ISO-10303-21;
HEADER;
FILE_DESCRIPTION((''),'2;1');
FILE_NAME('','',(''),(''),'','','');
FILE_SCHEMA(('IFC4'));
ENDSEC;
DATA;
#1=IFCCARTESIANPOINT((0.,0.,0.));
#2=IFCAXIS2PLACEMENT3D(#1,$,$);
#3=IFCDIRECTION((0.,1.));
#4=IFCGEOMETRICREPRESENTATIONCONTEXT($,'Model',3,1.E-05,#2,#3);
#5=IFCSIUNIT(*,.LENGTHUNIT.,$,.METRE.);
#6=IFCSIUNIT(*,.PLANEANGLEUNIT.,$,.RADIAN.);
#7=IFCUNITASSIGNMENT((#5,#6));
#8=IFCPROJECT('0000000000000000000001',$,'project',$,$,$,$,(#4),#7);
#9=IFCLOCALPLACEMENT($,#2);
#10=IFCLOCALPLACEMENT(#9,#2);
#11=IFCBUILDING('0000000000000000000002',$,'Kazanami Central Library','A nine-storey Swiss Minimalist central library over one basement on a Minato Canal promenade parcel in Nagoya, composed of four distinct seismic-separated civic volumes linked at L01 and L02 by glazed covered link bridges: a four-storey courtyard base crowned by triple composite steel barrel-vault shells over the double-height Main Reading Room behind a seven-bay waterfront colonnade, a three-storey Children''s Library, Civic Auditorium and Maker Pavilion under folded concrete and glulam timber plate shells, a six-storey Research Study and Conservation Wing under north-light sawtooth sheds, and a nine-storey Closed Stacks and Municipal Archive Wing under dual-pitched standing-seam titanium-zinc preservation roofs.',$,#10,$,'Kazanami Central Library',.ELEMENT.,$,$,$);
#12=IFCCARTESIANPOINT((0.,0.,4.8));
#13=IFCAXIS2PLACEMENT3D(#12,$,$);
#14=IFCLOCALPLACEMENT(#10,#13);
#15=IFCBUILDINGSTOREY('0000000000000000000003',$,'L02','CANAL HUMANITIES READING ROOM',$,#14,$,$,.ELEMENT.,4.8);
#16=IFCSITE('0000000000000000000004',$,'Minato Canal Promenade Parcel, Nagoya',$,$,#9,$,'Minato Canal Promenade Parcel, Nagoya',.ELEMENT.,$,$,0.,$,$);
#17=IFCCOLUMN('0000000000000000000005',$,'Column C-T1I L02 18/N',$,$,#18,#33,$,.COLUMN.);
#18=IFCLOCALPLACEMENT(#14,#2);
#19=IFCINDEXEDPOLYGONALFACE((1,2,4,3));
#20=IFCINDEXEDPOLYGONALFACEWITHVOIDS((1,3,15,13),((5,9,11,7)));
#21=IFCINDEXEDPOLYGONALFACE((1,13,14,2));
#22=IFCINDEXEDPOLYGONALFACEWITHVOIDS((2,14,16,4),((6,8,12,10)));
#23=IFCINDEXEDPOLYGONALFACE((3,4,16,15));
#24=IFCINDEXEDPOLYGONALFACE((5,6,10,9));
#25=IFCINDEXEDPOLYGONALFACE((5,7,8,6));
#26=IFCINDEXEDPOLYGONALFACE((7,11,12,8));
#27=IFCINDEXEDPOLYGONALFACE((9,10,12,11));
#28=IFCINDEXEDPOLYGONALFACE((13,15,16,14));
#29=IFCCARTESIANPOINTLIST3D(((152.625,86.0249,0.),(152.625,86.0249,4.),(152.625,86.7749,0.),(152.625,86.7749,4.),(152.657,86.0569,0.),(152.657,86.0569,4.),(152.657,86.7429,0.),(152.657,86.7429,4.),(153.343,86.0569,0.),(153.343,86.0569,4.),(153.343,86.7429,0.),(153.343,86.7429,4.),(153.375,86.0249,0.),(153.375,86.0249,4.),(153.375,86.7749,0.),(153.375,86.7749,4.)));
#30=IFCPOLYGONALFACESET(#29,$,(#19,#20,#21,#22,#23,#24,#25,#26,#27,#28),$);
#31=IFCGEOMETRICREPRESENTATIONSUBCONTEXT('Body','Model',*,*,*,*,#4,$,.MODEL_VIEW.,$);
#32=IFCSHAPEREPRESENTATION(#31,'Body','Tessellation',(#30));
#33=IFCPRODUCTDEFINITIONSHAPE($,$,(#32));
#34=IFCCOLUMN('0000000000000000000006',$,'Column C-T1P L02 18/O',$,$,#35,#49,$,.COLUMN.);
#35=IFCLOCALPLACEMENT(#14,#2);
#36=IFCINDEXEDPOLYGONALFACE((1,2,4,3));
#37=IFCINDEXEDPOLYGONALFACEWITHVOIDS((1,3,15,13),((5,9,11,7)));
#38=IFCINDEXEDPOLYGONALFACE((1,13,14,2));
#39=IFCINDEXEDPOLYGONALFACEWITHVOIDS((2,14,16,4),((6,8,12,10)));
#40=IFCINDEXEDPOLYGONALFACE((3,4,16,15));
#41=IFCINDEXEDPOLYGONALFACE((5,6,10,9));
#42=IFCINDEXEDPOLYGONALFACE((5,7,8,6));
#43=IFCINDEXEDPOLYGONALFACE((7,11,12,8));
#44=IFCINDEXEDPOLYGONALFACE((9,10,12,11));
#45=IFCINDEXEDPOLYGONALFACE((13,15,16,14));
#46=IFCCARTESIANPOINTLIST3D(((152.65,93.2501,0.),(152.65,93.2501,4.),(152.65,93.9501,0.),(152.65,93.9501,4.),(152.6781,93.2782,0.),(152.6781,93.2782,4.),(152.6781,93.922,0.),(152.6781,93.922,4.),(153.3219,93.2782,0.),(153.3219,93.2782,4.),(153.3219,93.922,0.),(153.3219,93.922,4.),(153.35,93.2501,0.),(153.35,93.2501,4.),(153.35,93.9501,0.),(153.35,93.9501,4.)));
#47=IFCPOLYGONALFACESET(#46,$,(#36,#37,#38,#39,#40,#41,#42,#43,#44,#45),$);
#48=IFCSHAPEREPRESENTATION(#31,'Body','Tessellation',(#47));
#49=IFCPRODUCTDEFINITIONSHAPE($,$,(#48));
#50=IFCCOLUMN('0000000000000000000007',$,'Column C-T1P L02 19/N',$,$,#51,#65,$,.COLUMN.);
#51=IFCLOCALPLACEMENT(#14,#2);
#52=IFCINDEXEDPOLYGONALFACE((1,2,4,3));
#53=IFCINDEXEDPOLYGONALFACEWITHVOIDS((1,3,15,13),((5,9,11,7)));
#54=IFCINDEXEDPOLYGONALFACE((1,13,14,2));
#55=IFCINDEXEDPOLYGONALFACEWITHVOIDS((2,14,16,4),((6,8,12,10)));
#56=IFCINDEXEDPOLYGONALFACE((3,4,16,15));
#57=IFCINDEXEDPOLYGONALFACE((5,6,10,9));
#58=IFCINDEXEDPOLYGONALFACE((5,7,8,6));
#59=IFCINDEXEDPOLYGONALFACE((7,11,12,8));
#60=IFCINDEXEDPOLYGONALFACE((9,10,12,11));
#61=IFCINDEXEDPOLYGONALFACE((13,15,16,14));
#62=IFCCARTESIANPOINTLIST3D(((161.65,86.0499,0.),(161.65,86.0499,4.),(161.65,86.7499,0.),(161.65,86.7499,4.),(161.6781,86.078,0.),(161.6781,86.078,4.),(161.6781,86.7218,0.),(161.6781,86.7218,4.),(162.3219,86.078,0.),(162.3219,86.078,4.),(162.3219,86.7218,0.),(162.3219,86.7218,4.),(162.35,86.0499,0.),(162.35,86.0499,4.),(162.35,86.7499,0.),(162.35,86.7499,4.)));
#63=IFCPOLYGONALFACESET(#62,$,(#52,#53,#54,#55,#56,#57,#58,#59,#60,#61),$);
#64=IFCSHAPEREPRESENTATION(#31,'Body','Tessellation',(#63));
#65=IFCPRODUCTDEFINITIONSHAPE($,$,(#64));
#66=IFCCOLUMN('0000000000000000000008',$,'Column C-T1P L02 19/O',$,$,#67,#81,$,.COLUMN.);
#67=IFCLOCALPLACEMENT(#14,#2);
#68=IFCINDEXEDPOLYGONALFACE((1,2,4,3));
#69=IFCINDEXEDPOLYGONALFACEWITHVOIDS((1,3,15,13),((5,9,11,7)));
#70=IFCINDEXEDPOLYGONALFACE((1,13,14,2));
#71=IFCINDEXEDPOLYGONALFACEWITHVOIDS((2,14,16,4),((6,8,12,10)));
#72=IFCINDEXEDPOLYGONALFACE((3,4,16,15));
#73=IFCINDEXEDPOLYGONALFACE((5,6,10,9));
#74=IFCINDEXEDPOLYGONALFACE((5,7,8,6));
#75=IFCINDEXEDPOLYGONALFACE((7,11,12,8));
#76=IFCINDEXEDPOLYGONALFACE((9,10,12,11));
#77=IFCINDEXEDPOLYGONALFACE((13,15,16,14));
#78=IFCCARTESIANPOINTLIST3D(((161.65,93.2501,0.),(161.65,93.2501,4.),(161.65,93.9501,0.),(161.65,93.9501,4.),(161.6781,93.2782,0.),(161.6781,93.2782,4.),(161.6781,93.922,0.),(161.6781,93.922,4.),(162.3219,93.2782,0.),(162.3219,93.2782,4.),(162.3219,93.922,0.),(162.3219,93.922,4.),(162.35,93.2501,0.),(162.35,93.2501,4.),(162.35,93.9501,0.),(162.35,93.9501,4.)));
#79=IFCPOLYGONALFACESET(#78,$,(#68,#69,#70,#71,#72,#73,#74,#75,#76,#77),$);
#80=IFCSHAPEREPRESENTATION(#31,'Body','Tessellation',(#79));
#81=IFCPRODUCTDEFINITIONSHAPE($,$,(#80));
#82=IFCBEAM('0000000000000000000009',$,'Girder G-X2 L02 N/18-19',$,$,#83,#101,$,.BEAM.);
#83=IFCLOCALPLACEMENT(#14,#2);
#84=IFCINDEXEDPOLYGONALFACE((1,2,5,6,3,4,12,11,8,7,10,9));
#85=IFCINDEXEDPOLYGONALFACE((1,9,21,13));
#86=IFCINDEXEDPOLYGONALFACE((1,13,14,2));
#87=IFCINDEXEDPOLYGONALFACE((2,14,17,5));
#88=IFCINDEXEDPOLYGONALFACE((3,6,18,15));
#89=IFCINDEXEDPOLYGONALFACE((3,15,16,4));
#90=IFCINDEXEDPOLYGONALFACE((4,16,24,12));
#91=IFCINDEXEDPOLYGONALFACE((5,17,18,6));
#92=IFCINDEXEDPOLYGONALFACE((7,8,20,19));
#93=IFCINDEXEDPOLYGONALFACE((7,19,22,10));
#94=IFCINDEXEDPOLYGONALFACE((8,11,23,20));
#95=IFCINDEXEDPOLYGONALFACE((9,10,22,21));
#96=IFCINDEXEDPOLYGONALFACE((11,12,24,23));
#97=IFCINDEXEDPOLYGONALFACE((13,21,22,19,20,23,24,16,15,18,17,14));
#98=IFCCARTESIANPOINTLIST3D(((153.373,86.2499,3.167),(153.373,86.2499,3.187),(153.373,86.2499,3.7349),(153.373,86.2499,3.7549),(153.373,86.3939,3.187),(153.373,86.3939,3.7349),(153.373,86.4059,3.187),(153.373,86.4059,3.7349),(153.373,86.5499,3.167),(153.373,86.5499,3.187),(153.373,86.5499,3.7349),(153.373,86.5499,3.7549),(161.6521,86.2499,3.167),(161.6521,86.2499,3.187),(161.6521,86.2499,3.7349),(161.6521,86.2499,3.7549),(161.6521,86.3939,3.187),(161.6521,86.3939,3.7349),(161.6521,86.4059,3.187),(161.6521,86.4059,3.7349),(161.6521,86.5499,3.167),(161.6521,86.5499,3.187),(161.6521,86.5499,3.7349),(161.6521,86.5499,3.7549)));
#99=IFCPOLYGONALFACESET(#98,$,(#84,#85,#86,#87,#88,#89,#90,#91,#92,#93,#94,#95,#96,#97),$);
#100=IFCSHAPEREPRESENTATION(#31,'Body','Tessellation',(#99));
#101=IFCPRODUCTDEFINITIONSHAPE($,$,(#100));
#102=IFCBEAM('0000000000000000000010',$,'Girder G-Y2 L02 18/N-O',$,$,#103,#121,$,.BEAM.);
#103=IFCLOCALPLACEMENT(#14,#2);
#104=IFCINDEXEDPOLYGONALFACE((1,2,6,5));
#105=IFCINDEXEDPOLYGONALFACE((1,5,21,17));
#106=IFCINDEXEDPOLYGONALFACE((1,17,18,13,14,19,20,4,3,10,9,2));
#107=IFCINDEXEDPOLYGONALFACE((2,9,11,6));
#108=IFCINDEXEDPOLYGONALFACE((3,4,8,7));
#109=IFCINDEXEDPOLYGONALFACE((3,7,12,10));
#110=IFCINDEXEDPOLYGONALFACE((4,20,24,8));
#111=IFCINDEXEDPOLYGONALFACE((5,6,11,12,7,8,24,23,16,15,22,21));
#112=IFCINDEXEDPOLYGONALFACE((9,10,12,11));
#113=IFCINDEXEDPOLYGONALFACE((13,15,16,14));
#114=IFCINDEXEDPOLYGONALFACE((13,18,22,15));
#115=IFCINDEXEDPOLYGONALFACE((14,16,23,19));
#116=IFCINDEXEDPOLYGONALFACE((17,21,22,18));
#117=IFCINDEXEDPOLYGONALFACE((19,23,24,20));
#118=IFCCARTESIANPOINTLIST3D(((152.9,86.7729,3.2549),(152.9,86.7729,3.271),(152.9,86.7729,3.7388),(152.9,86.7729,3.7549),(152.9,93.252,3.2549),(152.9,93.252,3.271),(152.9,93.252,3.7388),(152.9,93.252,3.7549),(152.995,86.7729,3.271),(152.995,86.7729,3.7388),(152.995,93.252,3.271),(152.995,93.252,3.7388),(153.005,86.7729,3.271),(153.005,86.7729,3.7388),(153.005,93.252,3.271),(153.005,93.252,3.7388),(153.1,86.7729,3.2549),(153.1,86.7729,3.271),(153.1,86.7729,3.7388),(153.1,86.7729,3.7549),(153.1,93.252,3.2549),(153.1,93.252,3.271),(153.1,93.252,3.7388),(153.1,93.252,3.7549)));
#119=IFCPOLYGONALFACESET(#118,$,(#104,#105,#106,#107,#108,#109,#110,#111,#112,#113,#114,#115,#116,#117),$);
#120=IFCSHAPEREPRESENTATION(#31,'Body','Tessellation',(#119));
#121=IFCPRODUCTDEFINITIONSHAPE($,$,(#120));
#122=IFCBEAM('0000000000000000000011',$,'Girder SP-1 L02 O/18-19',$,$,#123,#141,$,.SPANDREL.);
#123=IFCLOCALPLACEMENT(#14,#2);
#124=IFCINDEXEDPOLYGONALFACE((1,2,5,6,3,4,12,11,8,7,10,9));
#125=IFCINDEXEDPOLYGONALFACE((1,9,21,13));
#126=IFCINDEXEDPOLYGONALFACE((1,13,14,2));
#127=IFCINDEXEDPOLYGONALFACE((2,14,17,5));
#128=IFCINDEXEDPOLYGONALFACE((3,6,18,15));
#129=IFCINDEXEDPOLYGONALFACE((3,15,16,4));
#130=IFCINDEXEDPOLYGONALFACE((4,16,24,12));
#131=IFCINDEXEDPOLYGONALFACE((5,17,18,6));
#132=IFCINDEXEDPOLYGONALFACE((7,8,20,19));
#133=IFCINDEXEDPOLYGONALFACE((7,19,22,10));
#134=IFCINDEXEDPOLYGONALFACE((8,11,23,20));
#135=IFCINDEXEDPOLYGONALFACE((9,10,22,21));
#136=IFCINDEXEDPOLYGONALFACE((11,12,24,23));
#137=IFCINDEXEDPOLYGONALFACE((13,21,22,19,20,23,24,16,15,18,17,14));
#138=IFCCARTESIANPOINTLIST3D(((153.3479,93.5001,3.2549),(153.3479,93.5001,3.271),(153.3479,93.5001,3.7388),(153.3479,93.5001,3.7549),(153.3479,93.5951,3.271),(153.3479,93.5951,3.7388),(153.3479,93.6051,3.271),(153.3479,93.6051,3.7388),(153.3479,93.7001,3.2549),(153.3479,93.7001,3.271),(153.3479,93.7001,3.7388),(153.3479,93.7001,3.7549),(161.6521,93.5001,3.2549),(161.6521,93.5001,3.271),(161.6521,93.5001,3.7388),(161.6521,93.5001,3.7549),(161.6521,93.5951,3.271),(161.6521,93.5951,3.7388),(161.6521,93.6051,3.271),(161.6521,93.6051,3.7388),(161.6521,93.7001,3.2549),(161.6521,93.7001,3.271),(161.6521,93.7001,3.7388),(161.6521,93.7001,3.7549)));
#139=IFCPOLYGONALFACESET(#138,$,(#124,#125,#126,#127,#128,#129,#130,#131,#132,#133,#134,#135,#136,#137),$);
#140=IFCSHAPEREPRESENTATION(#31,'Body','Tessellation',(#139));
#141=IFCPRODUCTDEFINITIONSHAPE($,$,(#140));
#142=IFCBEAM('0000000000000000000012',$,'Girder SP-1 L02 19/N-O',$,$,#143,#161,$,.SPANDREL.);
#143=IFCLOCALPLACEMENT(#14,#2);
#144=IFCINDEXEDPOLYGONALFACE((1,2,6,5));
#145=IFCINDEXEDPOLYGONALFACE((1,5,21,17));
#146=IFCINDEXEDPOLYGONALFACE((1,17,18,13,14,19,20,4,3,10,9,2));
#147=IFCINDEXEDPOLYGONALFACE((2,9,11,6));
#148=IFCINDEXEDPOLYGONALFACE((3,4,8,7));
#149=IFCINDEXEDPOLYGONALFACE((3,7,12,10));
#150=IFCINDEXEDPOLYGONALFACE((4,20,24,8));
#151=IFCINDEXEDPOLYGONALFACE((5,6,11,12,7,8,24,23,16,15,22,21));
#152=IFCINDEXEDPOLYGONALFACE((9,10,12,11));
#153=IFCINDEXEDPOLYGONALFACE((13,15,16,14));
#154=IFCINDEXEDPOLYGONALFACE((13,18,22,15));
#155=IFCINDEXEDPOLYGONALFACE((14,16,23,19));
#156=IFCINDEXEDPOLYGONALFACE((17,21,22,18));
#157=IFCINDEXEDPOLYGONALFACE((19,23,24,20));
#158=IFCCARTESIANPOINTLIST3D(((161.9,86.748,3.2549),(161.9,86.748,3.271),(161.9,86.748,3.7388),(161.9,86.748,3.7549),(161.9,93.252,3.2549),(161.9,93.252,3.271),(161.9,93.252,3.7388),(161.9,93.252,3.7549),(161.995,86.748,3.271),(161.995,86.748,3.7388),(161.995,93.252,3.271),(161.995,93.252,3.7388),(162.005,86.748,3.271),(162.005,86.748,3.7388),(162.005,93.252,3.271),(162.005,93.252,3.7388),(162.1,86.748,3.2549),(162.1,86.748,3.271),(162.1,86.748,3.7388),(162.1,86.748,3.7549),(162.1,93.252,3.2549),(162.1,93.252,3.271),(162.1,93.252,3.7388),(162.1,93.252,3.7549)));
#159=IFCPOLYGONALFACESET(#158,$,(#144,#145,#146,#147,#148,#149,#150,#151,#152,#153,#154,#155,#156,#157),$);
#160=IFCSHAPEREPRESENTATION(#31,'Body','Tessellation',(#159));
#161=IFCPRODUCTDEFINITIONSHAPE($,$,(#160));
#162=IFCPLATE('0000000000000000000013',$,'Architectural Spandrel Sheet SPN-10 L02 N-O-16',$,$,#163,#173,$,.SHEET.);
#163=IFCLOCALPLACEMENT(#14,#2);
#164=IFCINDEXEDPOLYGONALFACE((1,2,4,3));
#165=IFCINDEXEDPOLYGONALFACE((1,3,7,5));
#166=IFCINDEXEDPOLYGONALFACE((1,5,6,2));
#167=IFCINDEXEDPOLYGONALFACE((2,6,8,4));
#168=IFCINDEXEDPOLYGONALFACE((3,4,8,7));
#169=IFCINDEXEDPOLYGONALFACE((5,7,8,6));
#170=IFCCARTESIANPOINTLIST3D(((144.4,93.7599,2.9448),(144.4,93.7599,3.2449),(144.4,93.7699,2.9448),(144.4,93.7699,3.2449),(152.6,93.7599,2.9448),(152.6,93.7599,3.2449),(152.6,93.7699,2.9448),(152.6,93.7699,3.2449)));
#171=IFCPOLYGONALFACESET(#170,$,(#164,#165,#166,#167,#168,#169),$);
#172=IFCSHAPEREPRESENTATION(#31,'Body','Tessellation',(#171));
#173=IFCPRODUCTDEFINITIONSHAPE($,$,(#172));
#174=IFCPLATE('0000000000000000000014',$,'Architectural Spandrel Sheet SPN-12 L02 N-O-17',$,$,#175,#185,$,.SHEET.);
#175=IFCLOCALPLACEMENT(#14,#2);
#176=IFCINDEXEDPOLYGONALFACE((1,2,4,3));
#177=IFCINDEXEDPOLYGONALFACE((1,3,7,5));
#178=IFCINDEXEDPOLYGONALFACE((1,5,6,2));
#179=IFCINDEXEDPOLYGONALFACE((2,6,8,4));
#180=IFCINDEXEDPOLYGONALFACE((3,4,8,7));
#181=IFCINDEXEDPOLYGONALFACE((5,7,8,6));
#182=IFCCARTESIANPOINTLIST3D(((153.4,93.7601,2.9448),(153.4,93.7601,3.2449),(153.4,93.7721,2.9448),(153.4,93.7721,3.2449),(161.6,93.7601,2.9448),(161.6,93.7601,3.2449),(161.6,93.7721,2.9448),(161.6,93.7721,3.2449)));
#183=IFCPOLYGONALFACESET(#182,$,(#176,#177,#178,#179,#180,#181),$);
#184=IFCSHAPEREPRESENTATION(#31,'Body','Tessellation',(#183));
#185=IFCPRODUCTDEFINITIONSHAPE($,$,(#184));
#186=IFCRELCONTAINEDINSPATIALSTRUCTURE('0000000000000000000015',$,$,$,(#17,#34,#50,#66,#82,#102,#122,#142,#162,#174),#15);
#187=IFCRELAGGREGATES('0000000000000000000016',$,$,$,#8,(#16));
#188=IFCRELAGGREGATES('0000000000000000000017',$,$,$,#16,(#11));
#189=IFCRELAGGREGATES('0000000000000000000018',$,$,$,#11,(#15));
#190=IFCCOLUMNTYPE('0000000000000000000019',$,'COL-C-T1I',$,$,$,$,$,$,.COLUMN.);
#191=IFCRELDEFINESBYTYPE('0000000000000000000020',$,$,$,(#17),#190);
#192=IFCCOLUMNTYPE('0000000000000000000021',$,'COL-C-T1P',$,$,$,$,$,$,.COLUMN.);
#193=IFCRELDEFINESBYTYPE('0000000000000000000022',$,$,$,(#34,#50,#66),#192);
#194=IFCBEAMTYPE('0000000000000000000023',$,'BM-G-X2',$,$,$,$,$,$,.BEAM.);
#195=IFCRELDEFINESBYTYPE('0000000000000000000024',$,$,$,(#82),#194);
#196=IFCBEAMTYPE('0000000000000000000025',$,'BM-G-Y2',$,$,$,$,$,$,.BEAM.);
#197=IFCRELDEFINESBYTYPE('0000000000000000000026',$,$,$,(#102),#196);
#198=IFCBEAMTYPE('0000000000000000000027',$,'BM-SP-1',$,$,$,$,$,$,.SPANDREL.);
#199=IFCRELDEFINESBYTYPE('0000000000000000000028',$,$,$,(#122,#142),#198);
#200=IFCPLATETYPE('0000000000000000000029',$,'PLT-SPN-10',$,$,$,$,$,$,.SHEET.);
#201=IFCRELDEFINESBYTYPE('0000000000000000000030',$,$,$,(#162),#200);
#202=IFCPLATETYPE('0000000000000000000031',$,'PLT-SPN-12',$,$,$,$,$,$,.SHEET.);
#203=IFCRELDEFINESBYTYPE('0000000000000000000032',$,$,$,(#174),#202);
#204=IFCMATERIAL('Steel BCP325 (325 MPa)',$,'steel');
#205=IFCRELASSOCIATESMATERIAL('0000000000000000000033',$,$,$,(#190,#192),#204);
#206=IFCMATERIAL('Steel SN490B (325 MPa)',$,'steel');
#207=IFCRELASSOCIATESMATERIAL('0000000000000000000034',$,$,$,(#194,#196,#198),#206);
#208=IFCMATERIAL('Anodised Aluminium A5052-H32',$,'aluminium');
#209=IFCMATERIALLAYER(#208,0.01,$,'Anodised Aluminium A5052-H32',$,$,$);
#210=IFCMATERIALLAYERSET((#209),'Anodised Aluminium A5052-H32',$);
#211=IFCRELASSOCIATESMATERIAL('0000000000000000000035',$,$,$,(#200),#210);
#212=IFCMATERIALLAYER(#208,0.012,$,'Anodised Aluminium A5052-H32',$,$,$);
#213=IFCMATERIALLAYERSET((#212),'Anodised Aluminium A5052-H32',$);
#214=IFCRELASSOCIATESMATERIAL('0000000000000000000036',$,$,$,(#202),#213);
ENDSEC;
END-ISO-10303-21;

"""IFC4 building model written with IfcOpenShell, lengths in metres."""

from ifc_helpers import new_model, si_unit, direction, frame, origin, origin_2d, place, context, subcontext, project, spatial, rectangle, hollow_rectangle, i_section, extrude, material, layer, layer_set, material_profile, profile_set, type_object, element, save


model = new_model("IFC4")

# Units and contexts
model_context = context("Model", 3, precision=1e-05, world=origin(), true_north=direction((0.0, 1.0)))
body_context = subcontext(model_context, "Body", "Model", "MODEL_VIEW")
ifc_project = project(units=[si_unit("LENGTHUNIT", "METRE"), si_unit("PLANEANGLEUNIT", "RADIAN")], contexts=[model_context])

# Site, building, storey
site_placement = place(None, origin())
site = spatial("IfcSite", under=ifc_project, at=site_placement, Name="Minato Canal Promenade Parcel, Nagoya", LongName="Minato Canal Promenade Parcel, Nagoya", CompositionType="ELEMENT", RefElevation=0.0)
building_placement = place(site_placement, origin())
building = spatial("IfcBuilding", under=site, at=building_placement, Name="Kazanami Central Library", Description="A nine-storey Swiss Minimalist central library over one basement on a Minato Canal promenade parcel in Nagoya, composed of four distinct seismic-separated civic volumes linked at L01 and L02 by glazed covered link bridges: a four-storey courtyard base crowned by triple composite steel barrel-vault shells over the double-height Main Reading Room behind a seven-bay waterfront colonnade, a three-storey Children's Library, Civic Auditorium and Maker Pavilion under folded concrete and glulam timber plate shells, a six-storey Research Study and Conservation Wing under north-light sawtooth sheds, and a nine-storey Closed Stacks and Municipal Archive Wing under dual-pitched standing-seam titanium-zinc preservation roofs.", LongName="Kazanami Central Library", CompositionType="ELEMENT")
storey_placement = place(building_placement, frame((0.0, 0.0, 4.8)))
storey = spatial("IfcBuildingStorey", under=building, at=storey_placement, Name="L02", Description="CANAL HUMANITIES READING ROOM", CompositionType="ELEMENT", Elevation=4.8)

# Columns
ifc_material_1 = material(Name="Steel BCP325 (325 MPa)", Category="steel")
ifc_material_profile_1 = material_profile(ifc_material_1, hollow_rectangle(XDim=0.75, YDim=0.75, WallThickness=0.032, at=origin_2d()), Name="BCP-750x750x32")
ifc_profile_set_1 = profile_set([ifc_material_profile_1], Name="Steel BCP325 (325 MPa)")
column_type_1 = type_object("IfcColumnType", Name="COL-C-T1I", PredefinedType="COLUMN", material=ifc_profile_set_1)
column_placement = place(storey_placement, frame((153.0, 86.3999, 0.0), z_axis=(0.0, 0.0, 1.0), x_axis=(1.0, 0.0, 0.0)))
element("IfcColumn", 1, at=column_placement, inside=storey, type_object=column_type_1, Name="Column C-T1I L02 18/N", PredefinedType="COLUMN", context=body_context, shape_type="SweptSolid", body=[
    extrude(hollow_rectangle(XDim=0.75, YDim=0.75, WallThickness=0.032, at=origin_2d()), origin(), (0.0, 0.0, 1.0), 4.0),
])
ifc_material_profile_2 = material_profile(ifc_material_1, hollow_rectangle(XDim=0.7, YDim=0.7, WallThickness=0.0281, at=origin_2d()), Name="BCP-700x700x28")
ifc_profile_set_2 = profile_set([ifc_material_profile_2], Name="Steel BCP325 (325 MPa)")
column_type_2 = type_object("IfcColumnType", Name="COL-C-T1P", PredefinedType="COLUMN", material=ifc_profile_set_2)
for number, where, z_axis, x_axis, name in (
    (2, (153.0, 93.6001, 0.0), (0.0, 0.0, 1.0), (1.0, 0.0, 0.0), "Column C-T1P L02 18/O"),
    (3, (162.0, 86.3999, 0.0), (0.0, 0.0, 1.0), (1.0, 0.0, 0.0), "Column C-T1P L02 19/N"),
    (4, (162.0, 93.6001, 0.0), (0.0, 0.0, 1.0), (1.0, 0.0, 0.0), "Column C-T1P L02 19/O"),
):
    element("IfcColumn", number, at=place(storey_placement, frame(where, z_axis=z_axis, x_axis=x_axis)), inside=storey, type_object=column_type_2, Name=name, PredefinedType="COLUMN", context=body_context, shape_type="SweptSolid", body=[
        extrude(hollow_rectangle(XDim=0.7, YDim=0.7, WallThickness=0.0281, at=origin_2d()), origin(), (0.0, 0.0, 1.0), 4.0),
    ])

# Beams
ifc_material_2 = material(Name="Steel SN490B (325 MPa)", Category="steel")
ifc_material_profile_3 = material_profile(ifc_material_2, i_section(OverallWidth=0.3, OverallDepth=0.5879, WebThickness=0.012, FlangeThickness=0.02, at=origin_2d()), Name="H-588x300x12x20")
ifc_profile_set_3 = profile_set([ifc_material_profile_3], Name="Steel SN490B (325 MPa)")
beam_type_1 = type_object("IfcBeamType", Name="BM-G-X2", PredefinedType="BEAM", material=ifc_profile_set_3)
beam_1_placement = place(storey_placement, frame((153.373, 86.3999, 3.4609), z_axis=(1.0, 0.0, 0.0), x_axis=(0.0, 1.0, 0.0)))
element("IfcBeam", 5, at=beam_1_placement, inside=storey, type_object=beam_type_1, Name="Girder G-X2 L02 N/18-19", PredefinedType="BEAM", context=body_context, shape_type="SweptSolid", body=[
    extrude(i_section(OverallWidth=0.3, OverallDepth=0.5879, WebThickness=0.012, FlangeThickness=0.02, at=origin_2d()), origin(), (0.0, 0.0, 1.0), 8.2791),
])
ifc_material_profile_4 = material_profile(ifc_material_2, i_section(OverallWidth=0.2, OverallDepth=0.5, WebThickness=0.01, FlangeThickness=0.0161, at=origin_2d()), Name="H-500x200x10x16")
ifc_profile_set_4 = profile_set([ifc_material_profile_4], Name="Steel SN490B (325 MPa)")
beam_type_2 = type_object("IfcBeamType", Name="BM-G-Y2", PredefinedType="BEAM", material=ifc_profile_set_4)
beam_2_placement = place(storey_placement, frame((153.0, 86.7729, 3.5049), z_axis=(0.0, 1.0, 0.0), x_axis=(-1.0, 0.0, 0.0)))
element("IfcBeam", 6, at=beam_2_placement, inside=storey, type_object=beam_type_2, Name="Girder G-Y2 L02 18/N-O", PredefinedType="BEAM", context=body_context, shape_type="SweptSolid", body=[
    extrude(i_section(OverallWidth=0.2, OverallDepth=0.5, WebThickness=0.01, FlangeThickness=0.0161, at=origin_2d()), origin(), (0.0, 0.0, 1.0), 6.479),
])
ifc_material_profile_5 = material_profile(ifc_material_2, i_section(OverallWidth=0.2, OverallDepth=0.5, WebThickness=0.01, FlangeThickness=0.0161, at=origin_2d()), Name="H-500x200x10x16")
ifc_profile_set_5 = profile_set([ifc_material_profile_5], Name="Steel SN490B (325 MPa)")
beam_type_3 = type_object("IfcBeamType", Name="BM-SP-1", PredefinedType="SPANDREL", material=ifc_profile_set_5)
beam_3_placement = place(storey_placement, frame((153.3479, 93.6001, 3.5049), z_axis=(1.0, 0.0, 0.0), x_axis=(0.0, 1.0, 0.0)))
element("IfcBeam", 7, at=beam_3_placement, inside=storey, type_object=beam_type_3, Name="Girder SP-1 L02 O/18-19", PredefinedType="SPANDREL", context=body_context, shape_type="SweptSolid", body=[
    extrude(i_section(OverallWidth=0.2, OverallDepth=0.5, WebThickness=0.01, FlangeThickness=0.0161, at=origin_2d()), origin(), (0.0, 0.0, 1.0), 8.3042),
])
beam_4_placement = place(storey_placement, frame((162.0, 86.748, 3.5049), z_axis=(0.0, 1.0, 0.0), x_axis=(-1.0, 0.0, 0.0)))
element("IfcBeam", 8, at=beam_4_placement, inside=storey, type_object=beam_type_3, Name="Girder SP-1 L02 19/N-O", PredefinedType="SPANDREL", context=body_context, shape_type="SweptSolid", body=[
    extrude(i_section(OverallWidth=0.2, OverallDepth=0.5, WebThickness=0.01, FlangeThickness=0.0161, at=origin_2d()), origin(), (0.0, 0.0, 1.0), 6.5039),
])

# Plates
ifc_material_3 = material(Name="Anodised Aluminium A5052-H32", Category="aluminium")
ifc_layer_1 = layer(ifc_material_3, 0.01, Name="Anodised Aluminium A5052-H32")
ifc_layer_set_1 = layer_set([ifc_layer_1], Name="Anodised Aluminium A5052-H32")
plate_type_1 = type_object("IfcPlateType", Name="PLT-SPN-10", PredefinedType="SHEET", material=ifc_layer_set_1)
plate_1_placement = place(storey_placement, frame((148.5, 93.7649, 2.9448), z_axis=(0.0, 0.0, 1.0), x_axis=(-1.0, 0.0, 0.0)))
element("IfcPlate", 9, at=plate_1_placement, inside=storey, type_object=plate_type_1, Name="Architectural Spandrel Sheet SPN-10 L02 N-O-16", PredefinedType="SHEET", context=body_context, shape_type="SweptSolid", body=[
    extrude(rectangle(XDim=8.2, YDim=0.01, at=origin_2d()), origin(), (0.0, 0.0, 1.0), 0.3),
])
ifc_layer_2 = layer(ifc_material_3, 0.012, Name="Anodised Aluminium A5052-H32")
ifc_layer_set_2 = layer_set([ifc_layer_2], Name="Anodised Aluminium A5052-H32")
plate_type_2 = type_object("IfcPlateType", Name="PLT-SPN-12", PredefinedType="SHEET", material=ifc_layer_set_2)
plate_2_placement = place(storey_placement, frame((157.5, 93.7661, 2.9448), z_axis=(0.0, 0.0, 1.0), x_axis=(-1.0, 0.0, 0.0)))
element("IfcPlate", 10, at=plate_2_placement, inside=storey, type_object=plate_type_2, Name="Architectural Spandrel Sheet SPN-12 L02 N-O-17", PredefinedType="SHEET", context=body_context, shape_type="SweptSolid", body=[
    extrude(rectangle(XDim=8.2, YDim=0.012, at=origin_2d()), origin(), (0.0, 0.0, 1.0), 0.3),
])

save(model, "model.ifc")
